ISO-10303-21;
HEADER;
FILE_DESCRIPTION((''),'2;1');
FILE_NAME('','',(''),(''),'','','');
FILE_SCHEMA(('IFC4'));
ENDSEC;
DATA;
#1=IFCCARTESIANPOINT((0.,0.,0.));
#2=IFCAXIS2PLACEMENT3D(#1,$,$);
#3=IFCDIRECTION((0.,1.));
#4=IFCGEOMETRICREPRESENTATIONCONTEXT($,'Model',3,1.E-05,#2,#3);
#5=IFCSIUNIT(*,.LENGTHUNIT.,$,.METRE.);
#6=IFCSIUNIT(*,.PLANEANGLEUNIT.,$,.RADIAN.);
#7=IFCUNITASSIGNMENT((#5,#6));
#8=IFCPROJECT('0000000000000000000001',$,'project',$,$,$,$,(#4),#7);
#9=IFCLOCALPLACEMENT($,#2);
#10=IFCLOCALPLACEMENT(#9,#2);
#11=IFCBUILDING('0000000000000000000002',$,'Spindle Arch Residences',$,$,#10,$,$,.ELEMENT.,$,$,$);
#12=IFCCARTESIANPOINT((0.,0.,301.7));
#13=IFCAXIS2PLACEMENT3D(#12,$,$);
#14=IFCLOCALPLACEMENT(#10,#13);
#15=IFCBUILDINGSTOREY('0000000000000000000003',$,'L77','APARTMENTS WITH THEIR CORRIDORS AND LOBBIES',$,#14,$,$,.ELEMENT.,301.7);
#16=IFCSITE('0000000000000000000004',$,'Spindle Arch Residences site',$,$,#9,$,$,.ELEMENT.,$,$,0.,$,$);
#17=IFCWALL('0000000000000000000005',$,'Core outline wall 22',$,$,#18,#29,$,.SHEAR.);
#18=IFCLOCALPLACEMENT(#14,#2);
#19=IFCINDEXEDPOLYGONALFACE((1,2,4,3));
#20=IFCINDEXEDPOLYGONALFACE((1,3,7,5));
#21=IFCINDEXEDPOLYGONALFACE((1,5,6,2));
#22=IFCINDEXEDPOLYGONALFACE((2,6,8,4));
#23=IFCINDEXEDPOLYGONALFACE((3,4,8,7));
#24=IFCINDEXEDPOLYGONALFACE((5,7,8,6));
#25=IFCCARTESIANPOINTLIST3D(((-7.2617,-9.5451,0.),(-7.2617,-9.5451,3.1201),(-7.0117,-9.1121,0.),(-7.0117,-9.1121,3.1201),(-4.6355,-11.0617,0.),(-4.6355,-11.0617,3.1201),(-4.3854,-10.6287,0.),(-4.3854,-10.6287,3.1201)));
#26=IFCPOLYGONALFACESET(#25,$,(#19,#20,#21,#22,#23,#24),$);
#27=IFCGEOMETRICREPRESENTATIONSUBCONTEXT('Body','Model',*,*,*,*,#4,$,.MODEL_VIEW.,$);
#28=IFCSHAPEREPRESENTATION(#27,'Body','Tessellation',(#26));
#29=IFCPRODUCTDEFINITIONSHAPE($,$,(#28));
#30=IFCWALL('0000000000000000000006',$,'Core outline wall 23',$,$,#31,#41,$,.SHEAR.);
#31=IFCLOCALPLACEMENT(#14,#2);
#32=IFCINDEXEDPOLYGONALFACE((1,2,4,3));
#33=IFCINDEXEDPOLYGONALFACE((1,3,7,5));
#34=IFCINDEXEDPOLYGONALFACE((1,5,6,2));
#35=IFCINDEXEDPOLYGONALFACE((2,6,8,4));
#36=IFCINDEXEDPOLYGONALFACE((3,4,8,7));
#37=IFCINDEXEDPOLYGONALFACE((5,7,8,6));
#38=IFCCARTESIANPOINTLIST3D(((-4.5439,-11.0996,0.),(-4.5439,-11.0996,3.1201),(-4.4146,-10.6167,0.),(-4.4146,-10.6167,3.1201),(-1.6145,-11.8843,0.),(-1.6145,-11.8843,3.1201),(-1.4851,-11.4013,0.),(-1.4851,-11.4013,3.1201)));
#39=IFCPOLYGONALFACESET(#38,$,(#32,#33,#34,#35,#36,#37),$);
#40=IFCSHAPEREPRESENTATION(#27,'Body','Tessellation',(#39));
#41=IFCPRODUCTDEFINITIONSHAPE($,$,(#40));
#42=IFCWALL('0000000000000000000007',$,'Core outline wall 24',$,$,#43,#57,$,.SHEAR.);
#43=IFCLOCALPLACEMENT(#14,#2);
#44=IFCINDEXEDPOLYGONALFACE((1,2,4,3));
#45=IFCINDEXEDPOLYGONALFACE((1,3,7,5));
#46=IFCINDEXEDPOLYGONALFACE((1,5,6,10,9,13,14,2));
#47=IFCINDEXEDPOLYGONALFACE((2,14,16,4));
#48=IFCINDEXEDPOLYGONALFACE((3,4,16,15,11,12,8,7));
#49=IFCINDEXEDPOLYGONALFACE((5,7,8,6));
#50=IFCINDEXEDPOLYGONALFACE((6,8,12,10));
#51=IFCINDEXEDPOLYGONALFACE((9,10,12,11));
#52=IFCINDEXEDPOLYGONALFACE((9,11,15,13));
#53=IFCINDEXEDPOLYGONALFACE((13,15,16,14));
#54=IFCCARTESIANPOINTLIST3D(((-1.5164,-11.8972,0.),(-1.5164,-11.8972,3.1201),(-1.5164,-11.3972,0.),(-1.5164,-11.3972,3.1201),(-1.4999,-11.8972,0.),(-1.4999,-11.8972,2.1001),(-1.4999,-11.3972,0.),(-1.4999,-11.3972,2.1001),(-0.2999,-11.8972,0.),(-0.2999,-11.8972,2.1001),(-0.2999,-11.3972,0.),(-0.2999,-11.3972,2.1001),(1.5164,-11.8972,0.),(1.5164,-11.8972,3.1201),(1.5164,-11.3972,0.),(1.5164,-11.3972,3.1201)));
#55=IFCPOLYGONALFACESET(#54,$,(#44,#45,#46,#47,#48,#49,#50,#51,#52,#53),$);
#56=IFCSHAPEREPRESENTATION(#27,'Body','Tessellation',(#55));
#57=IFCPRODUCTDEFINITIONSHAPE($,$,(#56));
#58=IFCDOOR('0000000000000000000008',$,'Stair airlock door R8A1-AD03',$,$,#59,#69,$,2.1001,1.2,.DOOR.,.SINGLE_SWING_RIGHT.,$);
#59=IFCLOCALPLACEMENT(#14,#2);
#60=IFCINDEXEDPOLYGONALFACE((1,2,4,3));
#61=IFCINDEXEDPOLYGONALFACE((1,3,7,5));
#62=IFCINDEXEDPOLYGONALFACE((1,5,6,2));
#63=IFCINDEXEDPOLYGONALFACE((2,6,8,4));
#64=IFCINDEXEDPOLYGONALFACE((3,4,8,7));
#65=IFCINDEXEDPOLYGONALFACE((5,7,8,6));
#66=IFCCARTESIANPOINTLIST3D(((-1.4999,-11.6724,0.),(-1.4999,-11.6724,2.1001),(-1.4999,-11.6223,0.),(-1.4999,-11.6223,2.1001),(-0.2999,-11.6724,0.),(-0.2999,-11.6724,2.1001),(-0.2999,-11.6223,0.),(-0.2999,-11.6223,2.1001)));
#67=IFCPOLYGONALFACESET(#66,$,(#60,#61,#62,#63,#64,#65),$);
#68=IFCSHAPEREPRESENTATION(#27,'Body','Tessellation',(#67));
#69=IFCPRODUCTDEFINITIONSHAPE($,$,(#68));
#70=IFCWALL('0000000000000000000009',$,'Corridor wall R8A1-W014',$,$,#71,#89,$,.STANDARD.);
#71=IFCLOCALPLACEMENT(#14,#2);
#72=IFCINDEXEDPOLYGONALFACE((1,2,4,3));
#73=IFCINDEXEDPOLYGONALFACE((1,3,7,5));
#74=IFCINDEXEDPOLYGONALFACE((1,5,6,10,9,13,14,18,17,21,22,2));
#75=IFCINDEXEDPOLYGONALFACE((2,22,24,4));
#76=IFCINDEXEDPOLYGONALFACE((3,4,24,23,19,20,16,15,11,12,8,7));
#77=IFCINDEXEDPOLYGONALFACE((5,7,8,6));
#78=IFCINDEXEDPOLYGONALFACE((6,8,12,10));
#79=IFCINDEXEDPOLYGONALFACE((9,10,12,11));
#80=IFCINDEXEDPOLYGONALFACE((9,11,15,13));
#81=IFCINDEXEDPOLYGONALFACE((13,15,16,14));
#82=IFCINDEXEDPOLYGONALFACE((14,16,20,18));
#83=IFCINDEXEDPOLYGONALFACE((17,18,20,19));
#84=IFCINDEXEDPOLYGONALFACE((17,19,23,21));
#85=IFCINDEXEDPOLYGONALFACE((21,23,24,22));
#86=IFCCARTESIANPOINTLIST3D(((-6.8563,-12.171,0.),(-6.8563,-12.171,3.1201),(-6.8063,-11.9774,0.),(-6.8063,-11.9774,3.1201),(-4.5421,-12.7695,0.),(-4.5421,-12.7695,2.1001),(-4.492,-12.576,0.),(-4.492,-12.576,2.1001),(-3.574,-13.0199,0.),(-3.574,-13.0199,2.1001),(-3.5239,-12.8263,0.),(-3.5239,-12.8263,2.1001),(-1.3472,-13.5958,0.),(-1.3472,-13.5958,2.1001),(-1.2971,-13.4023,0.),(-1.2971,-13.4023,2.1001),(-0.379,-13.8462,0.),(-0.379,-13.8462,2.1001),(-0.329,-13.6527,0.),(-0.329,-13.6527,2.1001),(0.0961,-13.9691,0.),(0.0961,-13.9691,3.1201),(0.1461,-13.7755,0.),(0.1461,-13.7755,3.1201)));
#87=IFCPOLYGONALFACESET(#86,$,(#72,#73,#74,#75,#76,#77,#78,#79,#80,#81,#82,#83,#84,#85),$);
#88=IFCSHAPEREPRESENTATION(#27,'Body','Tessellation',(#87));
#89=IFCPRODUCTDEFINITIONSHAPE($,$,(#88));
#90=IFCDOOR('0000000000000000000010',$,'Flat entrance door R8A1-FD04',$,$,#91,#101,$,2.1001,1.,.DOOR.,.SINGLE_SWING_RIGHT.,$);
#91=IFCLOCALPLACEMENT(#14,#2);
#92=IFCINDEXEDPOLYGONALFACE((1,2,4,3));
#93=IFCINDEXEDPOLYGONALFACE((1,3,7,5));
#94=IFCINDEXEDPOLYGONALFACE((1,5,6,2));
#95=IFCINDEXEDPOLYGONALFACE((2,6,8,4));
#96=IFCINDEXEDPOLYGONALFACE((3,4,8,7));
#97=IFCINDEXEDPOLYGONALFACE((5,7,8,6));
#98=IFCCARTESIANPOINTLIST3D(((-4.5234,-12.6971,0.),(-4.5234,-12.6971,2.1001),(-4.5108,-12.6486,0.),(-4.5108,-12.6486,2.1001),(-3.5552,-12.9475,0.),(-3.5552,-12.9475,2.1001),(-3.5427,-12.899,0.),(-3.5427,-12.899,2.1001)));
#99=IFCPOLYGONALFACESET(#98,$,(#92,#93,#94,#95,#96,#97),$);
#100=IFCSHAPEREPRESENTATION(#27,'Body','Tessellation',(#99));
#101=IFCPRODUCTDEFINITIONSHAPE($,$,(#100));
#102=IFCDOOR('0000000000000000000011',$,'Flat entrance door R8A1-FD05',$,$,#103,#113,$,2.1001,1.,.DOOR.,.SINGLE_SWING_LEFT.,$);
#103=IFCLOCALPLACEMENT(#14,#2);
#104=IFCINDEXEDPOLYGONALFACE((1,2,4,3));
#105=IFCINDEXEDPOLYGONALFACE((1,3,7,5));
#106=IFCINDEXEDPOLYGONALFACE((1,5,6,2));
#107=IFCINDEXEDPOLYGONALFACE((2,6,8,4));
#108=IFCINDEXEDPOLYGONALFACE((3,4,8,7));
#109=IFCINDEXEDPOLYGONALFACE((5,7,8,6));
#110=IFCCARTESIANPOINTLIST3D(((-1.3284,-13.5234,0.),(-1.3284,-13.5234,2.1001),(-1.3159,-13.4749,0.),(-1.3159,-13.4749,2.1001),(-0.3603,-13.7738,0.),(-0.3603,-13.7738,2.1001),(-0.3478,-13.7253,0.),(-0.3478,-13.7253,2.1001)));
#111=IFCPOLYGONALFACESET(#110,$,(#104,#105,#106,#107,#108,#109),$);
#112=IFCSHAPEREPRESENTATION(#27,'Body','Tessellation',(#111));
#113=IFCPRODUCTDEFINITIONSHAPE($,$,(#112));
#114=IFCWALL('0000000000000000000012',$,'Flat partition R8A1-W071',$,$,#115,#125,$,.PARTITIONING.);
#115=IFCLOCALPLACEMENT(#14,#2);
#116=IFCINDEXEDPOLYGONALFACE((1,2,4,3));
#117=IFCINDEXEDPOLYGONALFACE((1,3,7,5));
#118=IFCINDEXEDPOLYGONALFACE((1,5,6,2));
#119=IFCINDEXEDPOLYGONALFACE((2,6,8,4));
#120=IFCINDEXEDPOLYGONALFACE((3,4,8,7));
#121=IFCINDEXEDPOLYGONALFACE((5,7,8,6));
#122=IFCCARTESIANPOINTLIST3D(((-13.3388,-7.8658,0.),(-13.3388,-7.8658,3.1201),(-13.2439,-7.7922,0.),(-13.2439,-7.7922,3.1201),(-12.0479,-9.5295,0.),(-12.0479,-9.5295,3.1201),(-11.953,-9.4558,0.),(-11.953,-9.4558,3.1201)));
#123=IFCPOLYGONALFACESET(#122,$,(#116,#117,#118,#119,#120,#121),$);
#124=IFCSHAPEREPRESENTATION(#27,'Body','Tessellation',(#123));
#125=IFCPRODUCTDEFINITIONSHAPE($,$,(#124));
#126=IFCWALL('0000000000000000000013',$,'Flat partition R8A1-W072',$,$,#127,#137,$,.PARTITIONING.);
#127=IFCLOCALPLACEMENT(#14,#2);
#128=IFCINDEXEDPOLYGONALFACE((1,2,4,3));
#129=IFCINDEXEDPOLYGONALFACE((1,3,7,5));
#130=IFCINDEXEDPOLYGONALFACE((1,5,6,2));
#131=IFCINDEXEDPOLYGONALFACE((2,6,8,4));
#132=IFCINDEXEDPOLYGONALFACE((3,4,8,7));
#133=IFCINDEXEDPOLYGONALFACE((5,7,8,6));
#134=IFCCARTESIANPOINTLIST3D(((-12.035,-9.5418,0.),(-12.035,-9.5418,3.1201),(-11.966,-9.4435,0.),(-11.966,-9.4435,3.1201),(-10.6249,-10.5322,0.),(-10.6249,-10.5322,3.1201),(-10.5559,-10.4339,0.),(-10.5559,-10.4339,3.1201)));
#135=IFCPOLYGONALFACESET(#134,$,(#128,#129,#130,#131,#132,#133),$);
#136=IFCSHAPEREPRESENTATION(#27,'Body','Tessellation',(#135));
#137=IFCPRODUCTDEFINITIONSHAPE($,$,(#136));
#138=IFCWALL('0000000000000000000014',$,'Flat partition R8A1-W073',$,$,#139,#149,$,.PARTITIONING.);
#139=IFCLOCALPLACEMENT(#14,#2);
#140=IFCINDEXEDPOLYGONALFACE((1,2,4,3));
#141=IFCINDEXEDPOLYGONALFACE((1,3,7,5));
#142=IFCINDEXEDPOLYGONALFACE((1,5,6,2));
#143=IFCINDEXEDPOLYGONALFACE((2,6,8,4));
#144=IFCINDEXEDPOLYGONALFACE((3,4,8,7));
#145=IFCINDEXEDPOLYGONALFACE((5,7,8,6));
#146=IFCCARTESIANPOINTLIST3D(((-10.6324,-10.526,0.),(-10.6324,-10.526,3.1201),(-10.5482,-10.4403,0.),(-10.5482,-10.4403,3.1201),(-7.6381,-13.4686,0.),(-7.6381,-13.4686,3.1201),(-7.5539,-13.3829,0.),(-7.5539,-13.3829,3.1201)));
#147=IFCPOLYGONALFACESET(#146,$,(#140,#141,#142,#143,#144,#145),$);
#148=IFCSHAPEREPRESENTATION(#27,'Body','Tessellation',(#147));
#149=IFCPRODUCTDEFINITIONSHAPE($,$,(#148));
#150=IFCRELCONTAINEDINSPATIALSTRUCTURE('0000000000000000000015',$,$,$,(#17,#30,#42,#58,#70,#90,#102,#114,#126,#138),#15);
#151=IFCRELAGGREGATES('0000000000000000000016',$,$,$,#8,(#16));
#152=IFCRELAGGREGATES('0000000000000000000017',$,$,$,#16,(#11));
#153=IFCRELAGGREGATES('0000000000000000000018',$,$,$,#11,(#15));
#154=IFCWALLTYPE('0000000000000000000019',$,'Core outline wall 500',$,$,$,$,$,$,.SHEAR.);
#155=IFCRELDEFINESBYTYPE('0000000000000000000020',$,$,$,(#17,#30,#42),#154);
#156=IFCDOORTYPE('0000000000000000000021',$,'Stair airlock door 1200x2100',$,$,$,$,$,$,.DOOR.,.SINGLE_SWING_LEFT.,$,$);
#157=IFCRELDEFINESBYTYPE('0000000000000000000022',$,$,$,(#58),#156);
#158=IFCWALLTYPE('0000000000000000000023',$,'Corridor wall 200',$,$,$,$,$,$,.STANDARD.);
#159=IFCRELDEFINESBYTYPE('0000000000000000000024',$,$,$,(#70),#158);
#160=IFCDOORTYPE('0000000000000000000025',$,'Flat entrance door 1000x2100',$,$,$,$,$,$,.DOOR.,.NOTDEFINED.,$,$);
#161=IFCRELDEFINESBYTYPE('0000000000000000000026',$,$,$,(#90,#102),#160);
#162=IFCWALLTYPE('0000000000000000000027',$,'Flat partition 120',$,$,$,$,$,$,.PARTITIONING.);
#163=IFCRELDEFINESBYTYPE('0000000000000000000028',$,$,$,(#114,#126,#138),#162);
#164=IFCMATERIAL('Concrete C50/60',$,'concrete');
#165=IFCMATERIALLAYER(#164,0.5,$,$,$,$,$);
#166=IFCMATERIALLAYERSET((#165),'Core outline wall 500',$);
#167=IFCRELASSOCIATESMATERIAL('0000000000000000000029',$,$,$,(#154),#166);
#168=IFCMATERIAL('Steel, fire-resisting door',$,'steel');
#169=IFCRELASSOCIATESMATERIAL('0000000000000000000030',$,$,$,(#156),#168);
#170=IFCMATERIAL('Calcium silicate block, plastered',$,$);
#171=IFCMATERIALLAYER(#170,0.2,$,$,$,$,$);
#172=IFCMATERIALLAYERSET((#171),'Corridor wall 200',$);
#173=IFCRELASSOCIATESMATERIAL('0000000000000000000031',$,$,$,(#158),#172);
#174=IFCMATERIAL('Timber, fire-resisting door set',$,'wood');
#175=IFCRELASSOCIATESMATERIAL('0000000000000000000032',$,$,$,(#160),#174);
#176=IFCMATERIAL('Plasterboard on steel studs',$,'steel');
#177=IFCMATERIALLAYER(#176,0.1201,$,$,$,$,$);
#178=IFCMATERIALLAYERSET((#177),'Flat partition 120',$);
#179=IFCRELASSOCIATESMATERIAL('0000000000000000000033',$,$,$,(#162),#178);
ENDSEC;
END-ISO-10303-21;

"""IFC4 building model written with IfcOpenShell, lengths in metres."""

from ifc_helpers import new_model, si_unit, direction, frame, frame_2d, origin, place, context, subcontext, project, spatial, rectangle, extrude, material, layer, layer_set, type_object, element, fill, save


model = new_model("IFC4")

# Units and contexts
model_context = context("Model", 3, precision=1e-05, world=origin(), true_north=direction((0.0, 1.0)))
body_context = subcontext(model_context, "Body", "Model", "MODEL_VIEW")
ifc_project = project(units=[si_unit("LENGTHUNIT", "METRE"), si_unit("PLANEANGLEUNIT", "RADIAN")], contexts=[model_context])

# Site, building, storey
site_placement = place(None, origin())
site = spatial("IfcSite", under=ifc_project, at=site_placement, Name="Spindle Arch Residences site", CompositionType="ELEMENT", RefElevation=0.0)
building_placement = place(site_placement, origin())
building = spatial("IfcBuilding", under=site, at=building_placement, Name="Spindle Arch Residences", CompositionType="ELEMENT")
storey_placement = place(building_placement, frame((0.0, 0.0, 301.7)))
storey = spatial("IfcBuildingStorey", under=building, at=storey_placement, Name="L77", Description="APARTMENTS WITH THEIR CORRIDORS AND LOBBIES", CompositionType="ELEMENT", Elevation=301.7)

# Walls
ifc_material_1 = material(Name="Concrete C50/60", Category="concrete")
ifc_layer_1 = layer(ifc_material_1, 0.5)
ifc_layer_set_1 = layer_set([ifc_layer_1], Name="Core outline wall 500")
wall_type_1 = type_object("IfcWallType", Name="Core outline wall 500", PredefinedType="SHEAR", material=ifc_layer_set_1)
for number, where, z_axis, x_axis, name in (
    (1, (-7.1367, -9.3286, 0.0), (0.0, 0.0, 1.0), (0.865975, -0.500087, 0.0), "Core outline wall 22"),
    (2, (-4.4792, -10.8582, 0.0), (0.0, 0.0, 1.0), (0.965948, -0.258735, 0.0), "Core outline wall 23"),
):
    element("IfcWall", number, at=place(storey_placement, frame(where, z_axis=z_axis, x_axis=x_axis)), inside=storey, type_object=wall_type_1, Name=name, PredefinedType="SHEAR", context=body_context, shape_type="SweptSolid", body=[
        extrude(rectangle(XDim=3.0327, YDim=0.5, at=frame_2d((1.5164, 0.0))), origin(), (0.0, 0.0, 1.0), 3.1201),
    ])

# Wall, opening, door
wall_1_placement = place(storey_placement, frame((-1.5164, -11.6472, 0.0), z_axis=(0.0, 0.0, 1.0), x_axis=(1.0, 0.0, 0.0)))
wall_1 = element("IfcWall", 3, at=wall_1_placement, inside=storey, type_object=wall_type_1, Name="Core outline wall 24", PredefinedType="SHEAR", context=body_context, shape_type="SweptSolid", body=[
    extrude(rectangle(XDim=3.0327, YDim=0.5, at=frame_2d((1.5164, 0.0))), origin(), (0.0, 0.0, 1.0), 3.1201),
])
opening_1_placement = place(wall_1_placement, frame((0.0164, 0.0, 0.0)))
opening_1 = element("IfcOpeningElement", 4, at=opening_1_placement, cuts=wall_1, PredefinedType="OPENING", context=body_context, shape_type="SweptSolid", body=[
    extrude(rectangle(XDim=1.2, YDim=2.1001, at=frame_2d((0.6001, 1.05))), frame((0.0, 0.26, 0.0), z_axis=(0.0, -1.0, 0.0), x_axis=(1.0, 0.0, 0.0)), (0.0, 0.0, 1.0), 0.52),
])
ifc_material_2 = material(Name="Steel, fire-resisting door", Category="steel")
door_type_1 = type_object("IfcDoorType", Name="Stair airlock door 1200x2100", OperationType="SINGLE_SWING_LEFT", PredefinedType="DOOR", material=ifc_material_2)
door_1_placement = place(opening_1_placement, origin())
door_1 = element("IfcDoor", 5, at=door_1_placement, inside=storey, type_object=door_type_1, Name="Stair airlock door R8A1-AD03", OperationType="SINGLE_SWING_RIGHT", OverallHeight=2.1001, OverallWidth=1.2, PredefinedType="DOOR", context=body_context, shape_type="SweptSolid", body=[
    extrude(rectangle(XDim=1.2, YDim=2.1001, at=frame_2d((0.6001, 1.05))), frame((0.0, 0.0249, 0.0), z_axis=(0.0, -1.0, 0.0), x_axis=(1.0, 0.0, 0.0)), (0.0, 0.0, 1.0), 0.05),
])
fill(opening_1, door_1)

# Wall, openings, doors
ifc_material_3 = material(Name="Calcium silicate block, plastered")
ifc_layer_2 = layer(ifc_material_3, 0.2)
ifc_layer_set_2 = layer_set([ifc_layer_2], Name="Corridor wall 200")
wall_type_2 = type_object("IfcWallType", Name="Corridor wall 200", PredefinedType="STANDARD", material=ifc_layer_set_2)
wall_2_placement = place(storey_placement, frame((-6.8313, -12.0742, 0.0), z_axis=(0.0, 0.0, 1.0), x_axis=(0.968145, -0.250391, 0.0)))
wall_2 = element("IfcWall", 6, at=wall_2_placement, inside=storey, type_object=wall_type_2, Name="Corridor wall R8A1-W014", PredefinedType="STANDARD", context=body_context, shape_type="SweptSolid", body=[
    extrude(rectangle(XDim=7.1812, YDim=0.2, at=frame_2d((3.5906, 0.0))), origin(), (0.0, 0.0, 1.0), 3.1201),
])
opening_2_placement = place(wall_2_placement, frame((2.3904, 0.0, 0.0)))
opening_2 = element("IfcOpeningElement", 7, at=opening_2_placement, cuts=wall_2, PredefinedType="OPENING", context=body_context, shape_type="SweptSolid", body=[
    extrude(rectangle(XDim=1.0, YDim=2.1001, at=frame_2d((0.5, 1.05))), frame((0.0, 0.1099, 0.0), z_axis=(0.0, -1.0, 0.0), x_axis=(1.0, 0.0, 0.0)), (0.0, 0.0, 1.0), 0.22),
])
opening_3_placement = place(wall_2_placement, frame((5.6904, 0.0, 0.0)))
opening_3 = element("IfcOpeningElement", 8, at=opening_3_placement, cuts=wall_2, PredefinedType="OPENING", context=body_context, shape_type="SweptSolid", body=[
    extrude(rectangle(XDim=1.0, YDim=2.1001, at=frame_2d((0.5, 1.05))), frame((0.0, 0.1099, 0.0), z_axis=(0.0, -1.0, 0.0), x_axis=(1.0, 0.0, 0.0)), (0.0, 0.0, 1.0), 0.22),
])
ifc_material_4 = material(Name="Timber, fire-resisting door set", Category="wood")
door_type_2 = type_object("IfcDoorType", Name="Flat entrance door 1000x2100", OperationType="NOTDEFINED", PredefinedType="DOOR", material=ifc_material_4)
door_2_placement = place(opening_2_placement, origin())
door_2 = element("IfcDoor", 9, at=door_2_placement, inside=storey, type_object=door_type_2, Name="Flat entrance door R8A1-FD04", OperationType="SINGLE_SWING_RIGHT", OverallHeight=2.1001, OverallWidth=1.0, PredefinedType="DOOR", context=body_context, shape_type="SweptSolid", body=[
    extrude(rectangle(XDim=1.0, YDim=2.1001, at=frame_2d((0.5, 1.05))), frame((0.0, 0.0249, 0.0), z_axis=(0.0, -1.0, 0.0), x_axis=(1.0, 0.0, 0.0)), (0.0, 0.0, 1.0), 0.05),
])
fill(opening_2, door_2)
door_3_placement = place(opening_3_placement, origin())
door_3 = element("IfcDoor", 10, at=door_3_placement, inside=storey, type_object=door_type_2, Name="Flat entrance door R8A1-FD05", OperationType="SINGLE_SWING_LEFT", OverallHeight=2.1001, OverallWidth=1.0, PredefinedType="DOOR", context=body_context, shape_type="SweptSolid", body=[
    extrude(rectangle(XDim=1.0, YDim=2.1001, at=frame_2d((0.5, 1.05))), frame((0.0, 0.0249, 0.0), z_axis=(0.0, -1.0, 0.0), x_axis=(1.0, 0.0, 0.0)), (0.0, 0.0, 1.0), 0.05),
])
fill(opening_3, door_3)

# Walls
ifc_material_5 = material(Name="Plasterboard on steel studs", Category="steel")
ifc_layer_3 = layer(ifc_material_5, 0.1201)
ifc_layer_set_3 = layer_set([ifc_layer_3], Name="Flat partition 120")
wall_type_3 = type_object("IfcWallType", Name="Flat partition 120", PredefinedType="PARTITIONING", material=ifc_layer_set_3)
wall_3_placement = place(storey_placement, frame((-13.2913, -7.8291, 0.0), z_axis=(0.0, 0.0, 1.0), x_axis=(0.613017, -0.79007, 0.0)))
element("IfcWall", 11, at=wall_3_placement, inside=storey, type_object=wall_type_3, Name="Flat partition R8A1-W071", PredefinedType="PARTITIONING", context=body_context, shape_type="SweptSolid", body=[
    extrude(rectangle(XDim=2.1057, YDim=0.1201, at=frame_2d((1.0527, 0.0))), origin(), (0.0, 0.0, 1.0), 3.1201),
])
wall_4_placement = place(storey_placement, frame((-12.0005, -9.4927, 0.0), z_axis=(0.0, 0.0, 1.0), x_axis=(0.818312, -0.574774, 0.0)))
element("IfcWall", 12, at=wall_4_placement, inside=storey, type_object=wall_type_3, Name="Flat partition R8A1-W072", PredefinedType="PARTITIONING", context=body_context, shape_type="SweptSolid", body=[
    extrude(rectangle(XDim=1.7231, YDim=0.1201, at=frame_2d((0.8616, 0.0))), origin(), (0.0, 0.0, 1.0), 3.1201),
])
wall_5_placement = place(storey_placement, frame((-10.5903, -10.4832, 0.0), z_axis=(0.0, 0.0, 1.0), x_axis=(0.713244, -0.700916, 0.0)))
element("IfcWall", 13, at=wall_5_placement, inside=storey, type_object=wall_type_3, Name="Flat partition R8A1-W073", PredefinedType="PARTITIONING", context=body_context, shape_type="SweptSolid", body=[
    extrude(rectangle(XDim=4.1982, YDim=0.1201, at=frame_2d((2.0991, 0.0))), origin(), (0.0, 0.0, 1.0), 3.1201),
])

save(model, "model.ifc")
